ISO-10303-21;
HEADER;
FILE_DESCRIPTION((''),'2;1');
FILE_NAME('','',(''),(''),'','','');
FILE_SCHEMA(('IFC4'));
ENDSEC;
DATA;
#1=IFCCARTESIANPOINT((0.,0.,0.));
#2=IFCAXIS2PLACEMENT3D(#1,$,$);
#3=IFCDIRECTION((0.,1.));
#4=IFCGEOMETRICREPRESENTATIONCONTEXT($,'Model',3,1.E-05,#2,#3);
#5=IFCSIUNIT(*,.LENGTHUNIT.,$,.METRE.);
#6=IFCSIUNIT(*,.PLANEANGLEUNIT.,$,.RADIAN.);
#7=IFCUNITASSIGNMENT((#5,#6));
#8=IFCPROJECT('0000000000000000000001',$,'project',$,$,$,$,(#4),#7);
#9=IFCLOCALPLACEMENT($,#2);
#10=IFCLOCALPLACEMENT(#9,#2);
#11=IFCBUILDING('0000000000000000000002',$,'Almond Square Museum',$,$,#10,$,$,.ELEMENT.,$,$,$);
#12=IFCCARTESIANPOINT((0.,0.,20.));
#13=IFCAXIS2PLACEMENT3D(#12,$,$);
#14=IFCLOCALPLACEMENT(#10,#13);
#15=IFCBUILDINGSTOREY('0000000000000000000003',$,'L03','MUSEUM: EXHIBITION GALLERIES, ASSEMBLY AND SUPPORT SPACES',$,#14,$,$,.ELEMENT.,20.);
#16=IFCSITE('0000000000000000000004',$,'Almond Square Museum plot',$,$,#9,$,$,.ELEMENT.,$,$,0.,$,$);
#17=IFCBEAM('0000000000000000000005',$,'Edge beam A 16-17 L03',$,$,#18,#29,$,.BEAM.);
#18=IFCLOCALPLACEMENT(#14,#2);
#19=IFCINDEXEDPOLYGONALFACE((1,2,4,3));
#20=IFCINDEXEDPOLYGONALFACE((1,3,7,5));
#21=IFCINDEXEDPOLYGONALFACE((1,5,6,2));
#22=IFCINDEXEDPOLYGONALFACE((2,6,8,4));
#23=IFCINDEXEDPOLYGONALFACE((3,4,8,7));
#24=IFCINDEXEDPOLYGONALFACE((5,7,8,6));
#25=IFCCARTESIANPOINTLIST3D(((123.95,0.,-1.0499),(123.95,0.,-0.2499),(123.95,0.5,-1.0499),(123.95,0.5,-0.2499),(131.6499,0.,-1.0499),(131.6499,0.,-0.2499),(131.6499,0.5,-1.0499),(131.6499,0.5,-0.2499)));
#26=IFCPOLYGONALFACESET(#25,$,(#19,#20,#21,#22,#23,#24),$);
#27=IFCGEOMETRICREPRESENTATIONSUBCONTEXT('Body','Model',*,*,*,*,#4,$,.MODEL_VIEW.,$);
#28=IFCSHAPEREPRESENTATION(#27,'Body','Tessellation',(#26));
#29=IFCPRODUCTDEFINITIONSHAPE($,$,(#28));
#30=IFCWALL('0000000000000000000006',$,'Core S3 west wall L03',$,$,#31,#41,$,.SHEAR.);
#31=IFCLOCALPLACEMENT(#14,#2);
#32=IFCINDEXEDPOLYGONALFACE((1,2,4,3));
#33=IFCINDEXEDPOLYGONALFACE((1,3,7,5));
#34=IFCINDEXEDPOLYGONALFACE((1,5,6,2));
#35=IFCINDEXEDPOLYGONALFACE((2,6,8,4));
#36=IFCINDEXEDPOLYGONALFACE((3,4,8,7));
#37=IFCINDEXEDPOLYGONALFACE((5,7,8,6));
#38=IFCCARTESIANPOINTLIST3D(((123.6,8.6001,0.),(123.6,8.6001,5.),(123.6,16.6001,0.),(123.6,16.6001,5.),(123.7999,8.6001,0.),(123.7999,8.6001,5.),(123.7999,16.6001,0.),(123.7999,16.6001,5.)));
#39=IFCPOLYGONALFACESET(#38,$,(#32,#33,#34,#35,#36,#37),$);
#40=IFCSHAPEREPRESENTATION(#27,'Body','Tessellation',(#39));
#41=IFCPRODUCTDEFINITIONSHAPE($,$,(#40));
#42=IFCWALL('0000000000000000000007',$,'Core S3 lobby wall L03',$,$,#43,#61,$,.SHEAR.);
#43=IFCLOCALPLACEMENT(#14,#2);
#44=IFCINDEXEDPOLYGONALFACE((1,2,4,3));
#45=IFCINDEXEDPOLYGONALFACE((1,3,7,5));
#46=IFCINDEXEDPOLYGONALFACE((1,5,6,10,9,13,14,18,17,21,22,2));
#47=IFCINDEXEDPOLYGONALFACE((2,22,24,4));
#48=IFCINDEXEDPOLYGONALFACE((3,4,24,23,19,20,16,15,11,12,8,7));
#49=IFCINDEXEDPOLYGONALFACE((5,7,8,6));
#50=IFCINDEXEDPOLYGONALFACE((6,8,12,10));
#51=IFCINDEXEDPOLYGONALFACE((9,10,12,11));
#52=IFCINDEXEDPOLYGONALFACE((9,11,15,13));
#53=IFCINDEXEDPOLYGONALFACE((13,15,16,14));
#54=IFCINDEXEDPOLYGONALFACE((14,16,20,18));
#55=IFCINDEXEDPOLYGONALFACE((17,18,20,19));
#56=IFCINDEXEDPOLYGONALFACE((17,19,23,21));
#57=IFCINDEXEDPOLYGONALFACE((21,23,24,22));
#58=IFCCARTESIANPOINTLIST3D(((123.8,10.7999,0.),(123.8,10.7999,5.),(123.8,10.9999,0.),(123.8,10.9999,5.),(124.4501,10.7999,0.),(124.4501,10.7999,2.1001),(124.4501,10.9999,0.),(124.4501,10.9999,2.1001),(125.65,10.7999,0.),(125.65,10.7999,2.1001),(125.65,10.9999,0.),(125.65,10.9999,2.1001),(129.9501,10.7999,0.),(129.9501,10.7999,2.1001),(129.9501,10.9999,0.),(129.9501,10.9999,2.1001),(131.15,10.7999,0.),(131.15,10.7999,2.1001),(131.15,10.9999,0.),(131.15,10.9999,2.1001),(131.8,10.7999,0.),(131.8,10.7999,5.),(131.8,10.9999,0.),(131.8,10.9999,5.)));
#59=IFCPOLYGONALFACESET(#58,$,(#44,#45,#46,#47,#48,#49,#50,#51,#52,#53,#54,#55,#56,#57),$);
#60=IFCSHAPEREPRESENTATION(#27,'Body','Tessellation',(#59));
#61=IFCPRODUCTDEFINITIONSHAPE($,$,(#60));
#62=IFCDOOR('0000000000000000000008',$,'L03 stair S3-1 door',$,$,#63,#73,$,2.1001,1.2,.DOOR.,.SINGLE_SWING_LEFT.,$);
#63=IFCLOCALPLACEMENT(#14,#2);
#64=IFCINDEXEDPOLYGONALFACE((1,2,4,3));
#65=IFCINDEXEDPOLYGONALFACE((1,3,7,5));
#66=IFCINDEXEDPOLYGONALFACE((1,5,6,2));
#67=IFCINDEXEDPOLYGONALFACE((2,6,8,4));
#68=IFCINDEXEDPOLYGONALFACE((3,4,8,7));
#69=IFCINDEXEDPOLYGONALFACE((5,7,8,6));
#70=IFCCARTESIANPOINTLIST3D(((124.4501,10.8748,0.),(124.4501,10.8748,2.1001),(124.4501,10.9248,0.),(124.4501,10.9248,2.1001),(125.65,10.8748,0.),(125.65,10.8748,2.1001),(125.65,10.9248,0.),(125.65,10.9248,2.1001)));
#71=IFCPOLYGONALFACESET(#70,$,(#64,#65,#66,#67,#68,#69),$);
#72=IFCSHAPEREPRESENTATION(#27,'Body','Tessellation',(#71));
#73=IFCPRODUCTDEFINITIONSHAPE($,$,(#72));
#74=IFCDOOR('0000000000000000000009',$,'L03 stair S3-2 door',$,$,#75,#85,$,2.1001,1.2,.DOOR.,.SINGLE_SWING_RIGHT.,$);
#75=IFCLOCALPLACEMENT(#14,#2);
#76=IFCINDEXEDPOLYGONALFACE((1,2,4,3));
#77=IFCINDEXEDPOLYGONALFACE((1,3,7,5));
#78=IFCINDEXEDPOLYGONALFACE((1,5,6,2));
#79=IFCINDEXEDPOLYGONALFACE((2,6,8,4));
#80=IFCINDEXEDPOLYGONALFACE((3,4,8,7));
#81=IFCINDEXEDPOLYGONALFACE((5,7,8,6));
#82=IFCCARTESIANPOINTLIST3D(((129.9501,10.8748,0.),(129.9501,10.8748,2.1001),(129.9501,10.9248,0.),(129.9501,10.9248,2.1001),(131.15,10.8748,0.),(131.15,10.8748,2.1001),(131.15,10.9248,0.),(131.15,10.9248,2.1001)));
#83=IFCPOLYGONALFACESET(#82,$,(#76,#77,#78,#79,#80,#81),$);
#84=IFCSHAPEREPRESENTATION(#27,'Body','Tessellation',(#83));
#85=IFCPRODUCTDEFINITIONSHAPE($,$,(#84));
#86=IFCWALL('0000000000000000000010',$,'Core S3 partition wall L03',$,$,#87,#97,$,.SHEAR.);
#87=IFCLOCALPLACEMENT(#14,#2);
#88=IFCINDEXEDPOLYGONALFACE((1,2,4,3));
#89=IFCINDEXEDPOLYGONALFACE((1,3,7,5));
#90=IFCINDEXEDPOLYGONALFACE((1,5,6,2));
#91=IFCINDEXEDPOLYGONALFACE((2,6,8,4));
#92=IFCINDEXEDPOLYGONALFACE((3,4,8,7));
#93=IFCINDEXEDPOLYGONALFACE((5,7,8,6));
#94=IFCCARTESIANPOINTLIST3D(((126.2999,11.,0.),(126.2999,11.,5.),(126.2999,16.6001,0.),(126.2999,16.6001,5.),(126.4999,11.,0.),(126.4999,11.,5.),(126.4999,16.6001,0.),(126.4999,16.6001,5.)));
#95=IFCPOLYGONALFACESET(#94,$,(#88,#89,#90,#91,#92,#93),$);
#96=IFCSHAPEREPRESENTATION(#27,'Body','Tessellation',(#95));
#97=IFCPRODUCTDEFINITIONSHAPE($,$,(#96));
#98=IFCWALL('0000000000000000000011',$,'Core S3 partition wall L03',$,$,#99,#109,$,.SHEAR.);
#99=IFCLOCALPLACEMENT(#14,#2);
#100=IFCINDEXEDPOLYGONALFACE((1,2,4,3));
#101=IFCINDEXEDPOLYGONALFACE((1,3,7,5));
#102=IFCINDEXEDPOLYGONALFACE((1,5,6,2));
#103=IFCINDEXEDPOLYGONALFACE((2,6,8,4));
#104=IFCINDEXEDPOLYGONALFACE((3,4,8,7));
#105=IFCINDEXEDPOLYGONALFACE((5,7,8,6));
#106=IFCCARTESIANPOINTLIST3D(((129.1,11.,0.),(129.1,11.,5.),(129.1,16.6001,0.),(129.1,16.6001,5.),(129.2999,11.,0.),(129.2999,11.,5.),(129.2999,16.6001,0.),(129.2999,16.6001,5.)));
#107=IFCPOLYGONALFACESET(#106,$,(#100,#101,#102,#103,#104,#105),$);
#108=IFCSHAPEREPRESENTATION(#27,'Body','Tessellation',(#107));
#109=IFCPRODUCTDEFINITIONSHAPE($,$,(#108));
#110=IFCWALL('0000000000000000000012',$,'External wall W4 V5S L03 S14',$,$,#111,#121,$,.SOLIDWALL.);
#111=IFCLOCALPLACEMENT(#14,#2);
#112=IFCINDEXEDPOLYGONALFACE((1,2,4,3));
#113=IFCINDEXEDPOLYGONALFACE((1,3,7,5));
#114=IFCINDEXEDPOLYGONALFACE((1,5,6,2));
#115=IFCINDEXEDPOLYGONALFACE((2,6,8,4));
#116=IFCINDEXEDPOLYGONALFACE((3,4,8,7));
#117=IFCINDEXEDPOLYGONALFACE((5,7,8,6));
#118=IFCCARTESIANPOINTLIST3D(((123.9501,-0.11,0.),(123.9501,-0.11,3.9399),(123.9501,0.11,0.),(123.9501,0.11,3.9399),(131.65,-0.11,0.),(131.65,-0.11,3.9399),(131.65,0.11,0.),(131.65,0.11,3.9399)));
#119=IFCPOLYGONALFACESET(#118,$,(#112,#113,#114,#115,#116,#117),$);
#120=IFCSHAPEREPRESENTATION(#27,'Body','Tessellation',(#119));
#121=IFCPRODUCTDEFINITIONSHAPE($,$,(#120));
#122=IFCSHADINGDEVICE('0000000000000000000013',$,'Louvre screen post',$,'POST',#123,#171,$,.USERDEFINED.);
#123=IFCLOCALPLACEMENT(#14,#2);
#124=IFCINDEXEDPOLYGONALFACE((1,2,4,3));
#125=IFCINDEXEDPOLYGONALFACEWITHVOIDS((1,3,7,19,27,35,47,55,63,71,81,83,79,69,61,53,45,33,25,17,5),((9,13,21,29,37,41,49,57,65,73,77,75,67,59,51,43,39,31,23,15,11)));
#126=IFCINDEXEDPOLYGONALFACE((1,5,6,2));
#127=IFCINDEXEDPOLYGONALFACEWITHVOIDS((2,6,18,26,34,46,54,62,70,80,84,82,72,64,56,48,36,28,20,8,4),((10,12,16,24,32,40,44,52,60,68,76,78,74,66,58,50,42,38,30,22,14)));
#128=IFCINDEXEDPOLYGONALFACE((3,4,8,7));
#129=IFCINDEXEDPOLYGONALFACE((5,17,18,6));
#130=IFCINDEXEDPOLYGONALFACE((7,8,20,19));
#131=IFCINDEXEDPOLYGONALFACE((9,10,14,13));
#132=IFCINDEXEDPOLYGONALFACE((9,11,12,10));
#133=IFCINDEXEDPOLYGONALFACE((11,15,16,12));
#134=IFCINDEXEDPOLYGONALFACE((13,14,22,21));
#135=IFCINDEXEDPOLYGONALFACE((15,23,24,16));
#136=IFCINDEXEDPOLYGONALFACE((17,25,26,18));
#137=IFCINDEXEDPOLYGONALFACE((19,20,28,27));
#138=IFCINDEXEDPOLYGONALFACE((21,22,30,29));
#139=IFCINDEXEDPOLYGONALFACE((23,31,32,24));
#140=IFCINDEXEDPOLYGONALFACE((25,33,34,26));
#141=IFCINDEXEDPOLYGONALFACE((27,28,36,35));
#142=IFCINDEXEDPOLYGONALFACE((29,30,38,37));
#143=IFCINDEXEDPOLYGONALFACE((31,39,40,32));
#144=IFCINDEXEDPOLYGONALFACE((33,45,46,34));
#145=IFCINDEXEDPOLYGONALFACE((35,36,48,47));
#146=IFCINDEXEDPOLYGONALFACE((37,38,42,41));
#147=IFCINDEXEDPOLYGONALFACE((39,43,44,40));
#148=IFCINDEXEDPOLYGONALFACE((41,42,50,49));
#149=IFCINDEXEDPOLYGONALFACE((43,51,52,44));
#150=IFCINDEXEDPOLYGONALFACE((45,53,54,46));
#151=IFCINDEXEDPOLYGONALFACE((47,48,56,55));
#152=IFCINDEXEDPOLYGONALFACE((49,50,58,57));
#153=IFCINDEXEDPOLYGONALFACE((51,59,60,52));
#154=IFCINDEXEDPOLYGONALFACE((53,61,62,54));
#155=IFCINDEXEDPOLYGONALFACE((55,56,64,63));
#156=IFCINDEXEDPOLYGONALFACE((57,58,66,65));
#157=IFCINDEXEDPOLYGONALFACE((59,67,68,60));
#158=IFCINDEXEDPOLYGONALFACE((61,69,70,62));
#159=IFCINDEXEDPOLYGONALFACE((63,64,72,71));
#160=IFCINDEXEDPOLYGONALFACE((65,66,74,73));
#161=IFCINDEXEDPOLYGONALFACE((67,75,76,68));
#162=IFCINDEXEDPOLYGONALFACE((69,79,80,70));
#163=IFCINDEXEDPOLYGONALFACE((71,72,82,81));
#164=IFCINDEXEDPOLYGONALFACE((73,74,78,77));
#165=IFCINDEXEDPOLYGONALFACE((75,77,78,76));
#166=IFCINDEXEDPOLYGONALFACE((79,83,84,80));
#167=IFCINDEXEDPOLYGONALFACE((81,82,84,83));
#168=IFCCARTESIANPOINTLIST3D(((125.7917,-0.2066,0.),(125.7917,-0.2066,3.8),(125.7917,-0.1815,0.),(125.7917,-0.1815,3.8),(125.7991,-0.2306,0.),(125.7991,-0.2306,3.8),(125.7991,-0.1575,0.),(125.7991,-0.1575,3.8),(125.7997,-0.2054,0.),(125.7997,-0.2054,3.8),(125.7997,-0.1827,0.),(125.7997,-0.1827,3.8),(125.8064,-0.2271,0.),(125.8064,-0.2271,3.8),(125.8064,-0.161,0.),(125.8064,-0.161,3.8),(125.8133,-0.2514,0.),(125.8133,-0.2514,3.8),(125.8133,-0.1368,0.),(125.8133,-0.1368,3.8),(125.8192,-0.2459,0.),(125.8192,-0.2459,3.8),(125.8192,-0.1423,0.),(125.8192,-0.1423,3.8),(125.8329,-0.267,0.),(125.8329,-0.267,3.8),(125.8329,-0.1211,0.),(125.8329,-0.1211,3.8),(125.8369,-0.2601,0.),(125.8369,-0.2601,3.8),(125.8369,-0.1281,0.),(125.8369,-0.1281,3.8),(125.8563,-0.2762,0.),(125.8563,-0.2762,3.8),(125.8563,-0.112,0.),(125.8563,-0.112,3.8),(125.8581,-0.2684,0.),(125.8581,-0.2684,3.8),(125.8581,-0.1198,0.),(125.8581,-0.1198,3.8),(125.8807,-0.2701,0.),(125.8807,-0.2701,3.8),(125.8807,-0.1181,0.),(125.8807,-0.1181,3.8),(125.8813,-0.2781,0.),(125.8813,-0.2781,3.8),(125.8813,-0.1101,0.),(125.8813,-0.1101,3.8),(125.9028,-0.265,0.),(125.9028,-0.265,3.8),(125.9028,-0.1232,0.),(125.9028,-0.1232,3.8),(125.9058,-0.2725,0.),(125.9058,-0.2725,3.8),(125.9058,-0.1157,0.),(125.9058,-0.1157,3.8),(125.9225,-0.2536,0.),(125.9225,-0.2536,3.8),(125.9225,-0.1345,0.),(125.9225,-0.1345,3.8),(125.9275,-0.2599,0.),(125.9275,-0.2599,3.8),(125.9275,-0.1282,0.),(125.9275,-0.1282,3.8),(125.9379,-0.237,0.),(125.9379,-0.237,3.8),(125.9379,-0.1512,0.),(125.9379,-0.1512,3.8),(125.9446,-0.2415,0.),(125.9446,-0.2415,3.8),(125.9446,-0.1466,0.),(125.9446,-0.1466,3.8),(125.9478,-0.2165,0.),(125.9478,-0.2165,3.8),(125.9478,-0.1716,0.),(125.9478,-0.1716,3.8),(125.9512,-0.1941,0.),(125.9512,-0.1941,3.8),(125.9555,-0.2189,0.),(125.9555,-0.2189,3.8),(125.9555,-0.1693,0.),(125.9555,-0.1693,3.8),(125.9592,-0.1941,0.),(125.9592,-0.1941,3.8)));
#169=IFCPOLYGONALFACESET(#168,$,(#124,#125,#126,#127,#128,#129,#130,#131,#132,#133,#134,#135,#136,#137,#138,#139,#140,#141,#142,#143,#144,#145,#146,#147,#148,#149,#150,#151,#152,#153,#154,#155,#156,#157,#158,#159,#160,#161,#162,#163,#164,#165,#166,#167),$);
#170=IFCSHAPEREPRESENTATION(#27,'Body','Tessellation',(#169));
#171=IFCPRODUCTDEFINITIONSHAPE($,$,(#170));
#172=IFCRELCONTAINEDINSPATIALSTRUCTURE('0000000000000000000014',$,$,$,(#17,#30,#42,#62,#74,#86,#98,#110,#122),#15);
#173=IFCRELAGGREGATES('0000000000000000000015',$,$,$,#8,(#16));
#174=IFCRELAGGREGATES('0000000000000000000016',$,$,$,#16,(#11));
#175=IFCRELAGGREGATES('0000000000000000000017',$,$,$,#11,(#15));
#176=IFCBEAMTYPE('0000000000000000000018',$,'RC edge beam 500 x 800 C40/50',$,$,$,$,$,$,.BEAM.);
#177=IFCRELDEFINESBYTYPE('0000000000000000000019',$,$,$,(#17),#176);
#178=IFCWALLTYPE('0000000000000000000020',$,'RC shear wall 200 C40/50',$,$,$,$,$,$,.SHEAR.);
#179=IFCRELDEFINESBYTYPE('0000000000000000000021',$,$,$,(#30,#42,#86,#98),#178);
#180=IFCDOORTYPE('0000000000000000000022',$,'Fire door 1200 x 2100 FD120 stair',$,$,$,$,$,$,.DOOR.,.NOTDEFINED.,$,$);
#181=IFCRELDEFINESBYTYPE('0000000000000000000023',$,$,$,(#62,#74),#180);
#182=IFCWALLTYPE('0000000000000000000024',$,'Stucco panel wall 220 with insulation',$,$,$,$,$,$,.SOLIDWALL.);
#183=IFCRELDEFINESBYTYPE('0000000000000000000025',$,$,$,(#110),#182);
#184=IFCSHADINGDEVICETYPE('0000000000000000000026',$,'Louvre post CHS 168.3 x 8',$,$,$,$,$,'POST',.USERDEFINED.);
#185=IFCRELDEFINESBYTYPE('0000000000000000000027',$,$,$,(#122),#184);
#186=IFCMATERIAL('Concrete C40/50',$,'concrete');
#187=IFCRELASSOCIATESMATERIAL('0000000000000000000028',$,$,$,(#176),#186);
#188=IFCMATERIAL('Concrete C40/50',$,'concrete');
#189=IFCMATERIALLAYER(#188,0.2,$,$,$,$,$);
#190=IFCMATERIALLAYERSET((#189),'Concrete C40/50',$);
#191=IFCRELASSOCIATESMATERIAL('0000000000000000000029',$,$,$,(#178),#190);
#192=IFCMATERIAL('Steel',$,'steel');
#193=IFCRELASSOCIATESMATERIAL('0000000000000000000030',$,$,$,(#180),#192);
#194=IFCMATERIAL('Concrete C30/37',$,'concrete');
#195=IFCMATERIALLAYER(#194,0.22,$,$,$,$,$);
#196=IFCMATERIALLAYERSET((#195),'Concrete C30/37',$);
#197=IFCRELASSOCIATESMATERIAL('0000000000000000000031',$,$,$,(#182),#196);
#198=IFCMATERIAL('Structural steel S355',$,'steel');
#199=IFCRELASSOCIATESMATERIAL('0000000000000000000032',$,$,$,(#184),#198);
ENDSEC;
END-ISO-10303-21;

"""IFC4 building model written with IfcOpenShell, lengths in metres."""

from ifc_helpers import new_model, si_unit, direction, frame, frame_2d, origin, origin_2d, place, context, subcontext, project, spatial, rectangle, hollow_circle, extrude, material, layer, layer_set, material_profile, profile_set, type_object, element, fill, save


model = new_model("IFC4")

# Units and contexts
model_context = context("Model", 3, precision=1e-05, world=origin(), true_north=direction((0.0, 1.0)))
body_context = subcontext(model_context, "Body", "Model", "MODEL_VIEW")
ifc_project = project(units=[si_unit("LENGTHUNIT", "METRE"), si_unit("PLANEANGLEUNIT", "RADIAN")], contexts=[model_context])

# Site, building, storey
site_placement = place(None, origin())
site = spatial("IfcSite", under=ifc_project, at=site_placement, Name="Almond Square Museum plot", CompositionType="ELEMENT", RefElevation=0.0)
building_placement = place(site_placement, origin())
building = spatial("IfcBuilding", under=site, at=building_placement, Name="Almond Square Museum", CompositionType="ELEMENT")
storey_placement = place(building_placement, frame((0.0, 0.0, 20.0)))
storey = spatial("IfcBuildingStorey", under=building, at=storey_placement, Name="L03", Description="MUSEUM: EXHIBITION GALLERIES, ASSEMBLY AND SUPPORT SPACES", CompositionType="ELEMENT", Elevation=20.0)

# Beam
ifc_material_1 = material(Name="Concrete C40/50", Category="concrete")
ifc_material_profile_1 = material_profile(ifc_material_1, rectangle(XDim=0.5, YDim=0.8, at=origin_2d()))
ifc_profile_set_1 = profile_set([ifc_material_profile_1], Name="Concrete C40/50")
beam_type = type_object("IfcBeamType", Name="RC edge beam 500 x 800 C40/50", PredefinedType="BEAM", material=ifc_profile_set_1)
beam_placement = place(storey_placement, frame((123.95, 0.25, -0.6499), z_axis=(1.0, 0.0, 0.0), x_axis=(0.0, 1.0, 0.0)))
element("IfcBeam", 1, at=beam_placement, inside=storey, type_object=beam_type, Name="Edge beam A 16-17 L03", PredefinedType="BEAM", context=body_context, shape_type="SweptSolid", body=[
    extrude(rectangle(XDim=0.5, YDim=0.8, at=origin_2d()), origin(), (0.0, 0.0, 1.0), 7.7),
])

# Wall
ifc_material_2 = material(Name="Concrete C40/50", Category="concrete")
ifc_layer_1 = layer(ifc_material_2, 0.2)
ifc_layer_set_1 = layer_set([ifc_layer_1], Name="Concrete C40/50")
wall_type_1 = type_object("IfcWallType", Name="RC shear wall 200 C40/50", PredefinedType="SHEAR", material=ifc_layer_set_1)
wall_1_placement = place(storey_placement, frame((123.7, 8.6001, 0.0), z_axis=(0.0, 0.0, 1.0), x_axis=(0.0, 1.0, 0.0)))
element("IfcWall", 2, at=wall_1_placement, inside=storey, type_object=wall_type_1, Name="Core S3 west wall L03", PredefinedType="SHEAR", context=body_context, shape_type="SweptSolid", body=[
    extrude(rectangle(XDim=8.0, YDim=0.2, at=frame_2d((4.0, 0.0))), origin(), (0.0, 0.0, 1.0), 5.0),
])

# Wall, openings, doors
wall_2_placement = place(storey_placement, frame((123.8, 10.8999, 0.0), z_axis=(0.0, 0.0, 1.0), x_axis=(1.0, 0.0, 0.0)))
wall_2 = element("IfcWall", 3, at=wall_2_placement, inside=storey, type_object=wall_type_1, Name="Core S3 lobby wall L03", PredefinedType="SHEAR", context=body_context, shape_type="SweptSolid", body=[
    extrude(rectangle(XDim=8.0, YDim=0.2, at=frame_2d((4.0, 0.0))), origin(), (0.0, 0.0, 1.0), 5.0),
])
opening_1_placement = place(wall_2_placement, frame((0.6499, 0.0, 0.0)))
opening_1 = element("IfcOpeningElement", 4, at=opening_1_placement, cuts=wall_2, PredefinedType="OPENING", context=body_context, shape_type="SweptSolid", body=[
    extrude(rectangle(XDim=1.2, YDim=2.1001, at=frame_2d((0.6001, 1.05))), frame((0.0, 0.1099, 0.0), z_axis=(0.0, -1.0, 0.0), x_axis=(1.0, 0.0, 0.0)), (0.0, 0.0, 1.0), 0.22),
])
opening_2_placement = place(wall_2_placement, frame((6.1499, 0.0, 0.0)))
opening_2 = element("IfcOpeningElement", 5, at=opening_2_placement, cuts=wall_2, PredefinedType="OPENING", context=body_context, shape_type="SweptSolid", body=[
    extrude(rectangle(XDim=1.2, YDim=2.1001, at=frame_2d((0.6001, 1.05))), frame((0.0, 0.1099, 0.0), z_axis=(0.0, -1.0, 0.0), x_axis=(1.0, 0.0, 0.0)), (0.0, 0.0, 1.0), 0.22),
])
ifc_material_3 = material(Name="Steel", Category="steel")
door_type = type_object("IfcDoorType", Name="Fire door 1200 x 2100 FD120 stair", OperationType="NOTDEFINED", PredefinedType="DOOR", material=ifc_material_3)
door_1_placement = place(opening_1_placement, origin())
door_1 = element("IfcDoor", 6, at=door_1_placement, inside=storey, type_object=door_type, Name="L03 stair S3-1 door", OperationType="SINGLE_SWING_LEFT", OverallHeight=2.1001, OverallWidth=1.2, PredefinedType="DOOR", context=body_context, shape_type="SweptSolid", body=[
    extrude(rectangle(XDim=1.2, YDim=2.1001, at=frame_2d((0.6001, 1.05))), frame((0.0, 0.0249, 0.0), z_axis=(0.0, -1.0, 0.0), x_axis=(1.0, 0.0, 0.0)), (0.0, 0.0, 1.0), 0.05),
])
fill(opening_1, door_1)
door_2_placement = place(opening_2_placement, origin())
door_2 = element("IfcDoor", 7, at=door_2_placement, inside=storey, type_object=door_type, Name="L03 stair S3-2 door", OperationType="SINGLE_SWING_RIGHT", OverallHeight=2.1001, OverallWidth=1.2, PredefinedType="DOOR", context=body_context, shape_type="SweptSolid", body=[
    extrude(rectangle(XDim=1.2, YDim=2.1001, at=frame_2d((0.6001, 1.05))), frame((0.0, 0.0249, 0.0), z_axis=(0.0, -1.0, 0.0), x_axis=(1.0, 0.0, 0.0)), (0.0, 0.0, 1.0), 0.05),
])
fill(opening_2, door_2)

# Walls
for number, where, z_axis, x_axis, name in (
    (8, (126.3999, 11.0, 0.0), (0.0, 0.0, 1.0), (0.0, 1.0, 0.0), "Core S3 partition wall L03"),
    (9, (129.2, 11.0, 0.0), (0.0, 0.0, 1.0), (0.0, 1.0, 0.0), "Core S3 partition wall L03"),
):
    element("IfcWall", number, at=place(storey_placement, frame(where, z_axis=z_axis, x_axis=x_axis)), inside=storey, type_object=wall_type_1, Name=name, PredefinedType="SHEAR", context=body_context, shape_type="SweptSolid", body=[
        extrude(rectangle(XDim=5.6001, YDim=0.2, at=frame_2d((2.8, 0.0))), origin(), (0.0, 0.0, 1.0), 5.0),
    ])
ifc_material_4 = material(Name="Concrete C30/37", Category="concrete")
ifc_layer_2 = layer(ifc_material_4, 0.22)
ifc_layer_set_2 = layer_set([ifc_layer_2], Name="Concrete C30/37")
wall_type_2 = type_object("IfcWallType", Name="Stucco panel wall 220 with insulation", PredefinedType="SOLIDWALL", material=ifc_layer_set_2)
wall_3_placement = place(storey_placement, frame((123.95, 0.0, 0.0), z_axis=(0.0, 0.0, 1.0), x_axis=(1.0, 0.0, 0.0)))
element("IfcWall", 10, at=wall_3_placement, inside=storey, type_object=wall_type_2, Name="External wall W4 V5S L03 S14", PredefinedType="SOLIDWALL", context=body_context, shape_type="SweptSolid", body=[
    extrude(rectangle(XDim=7.7, YDim=0.22, at=frame_2d((3.8501, 0.0))), origin(), (0.0, 0.0, 1.0), 3.9399),
])

# Shading device
ifc_material_5 = material(Name="Structural steel S355", Category="steel")
ifc_material_profile_2 = material_profile(ifc_material_5, hollow_circle(Radius=0.0842, WallThickness=0.0081, at=origin_2d()))
ifc_profile_set_2 = profile_set([ifc_material_profile_2], Name="Structural steel S355")
shading_device_type = type_object("IfcShadingDeviceType", Name="Louvre post CHS 168.3 x 8", ElementType="POST", PredefinedType="USERDEFINED", material=ifc_profile_set_2)
for number, where, z_axis, x_axis, name in (
    (11, (125.875, -0.1941, 0.0), (0.0, 0.0, 1.0), (1.0, 0.0, 0.0), "Louvre screen post"),
):
    element("IfcShadingDevice", number, at=place(storey_placement, frame(where, z_axis=z_axis, x_axis=x_axis)), inside=storey, type_object=shading_device_type, Name=name, ObjectType="POST", PredefinedType="USERDEFINED", context=body_context, shape_type="SweptSolid", body=[
        extrude(hollow_circle(Radius=0.0842, WallThickness=0.0081, at=origin_2d()), origin(), (0.0, 0.0, 1.0), 3.8),
    ])

save(model, "model.ifc")
